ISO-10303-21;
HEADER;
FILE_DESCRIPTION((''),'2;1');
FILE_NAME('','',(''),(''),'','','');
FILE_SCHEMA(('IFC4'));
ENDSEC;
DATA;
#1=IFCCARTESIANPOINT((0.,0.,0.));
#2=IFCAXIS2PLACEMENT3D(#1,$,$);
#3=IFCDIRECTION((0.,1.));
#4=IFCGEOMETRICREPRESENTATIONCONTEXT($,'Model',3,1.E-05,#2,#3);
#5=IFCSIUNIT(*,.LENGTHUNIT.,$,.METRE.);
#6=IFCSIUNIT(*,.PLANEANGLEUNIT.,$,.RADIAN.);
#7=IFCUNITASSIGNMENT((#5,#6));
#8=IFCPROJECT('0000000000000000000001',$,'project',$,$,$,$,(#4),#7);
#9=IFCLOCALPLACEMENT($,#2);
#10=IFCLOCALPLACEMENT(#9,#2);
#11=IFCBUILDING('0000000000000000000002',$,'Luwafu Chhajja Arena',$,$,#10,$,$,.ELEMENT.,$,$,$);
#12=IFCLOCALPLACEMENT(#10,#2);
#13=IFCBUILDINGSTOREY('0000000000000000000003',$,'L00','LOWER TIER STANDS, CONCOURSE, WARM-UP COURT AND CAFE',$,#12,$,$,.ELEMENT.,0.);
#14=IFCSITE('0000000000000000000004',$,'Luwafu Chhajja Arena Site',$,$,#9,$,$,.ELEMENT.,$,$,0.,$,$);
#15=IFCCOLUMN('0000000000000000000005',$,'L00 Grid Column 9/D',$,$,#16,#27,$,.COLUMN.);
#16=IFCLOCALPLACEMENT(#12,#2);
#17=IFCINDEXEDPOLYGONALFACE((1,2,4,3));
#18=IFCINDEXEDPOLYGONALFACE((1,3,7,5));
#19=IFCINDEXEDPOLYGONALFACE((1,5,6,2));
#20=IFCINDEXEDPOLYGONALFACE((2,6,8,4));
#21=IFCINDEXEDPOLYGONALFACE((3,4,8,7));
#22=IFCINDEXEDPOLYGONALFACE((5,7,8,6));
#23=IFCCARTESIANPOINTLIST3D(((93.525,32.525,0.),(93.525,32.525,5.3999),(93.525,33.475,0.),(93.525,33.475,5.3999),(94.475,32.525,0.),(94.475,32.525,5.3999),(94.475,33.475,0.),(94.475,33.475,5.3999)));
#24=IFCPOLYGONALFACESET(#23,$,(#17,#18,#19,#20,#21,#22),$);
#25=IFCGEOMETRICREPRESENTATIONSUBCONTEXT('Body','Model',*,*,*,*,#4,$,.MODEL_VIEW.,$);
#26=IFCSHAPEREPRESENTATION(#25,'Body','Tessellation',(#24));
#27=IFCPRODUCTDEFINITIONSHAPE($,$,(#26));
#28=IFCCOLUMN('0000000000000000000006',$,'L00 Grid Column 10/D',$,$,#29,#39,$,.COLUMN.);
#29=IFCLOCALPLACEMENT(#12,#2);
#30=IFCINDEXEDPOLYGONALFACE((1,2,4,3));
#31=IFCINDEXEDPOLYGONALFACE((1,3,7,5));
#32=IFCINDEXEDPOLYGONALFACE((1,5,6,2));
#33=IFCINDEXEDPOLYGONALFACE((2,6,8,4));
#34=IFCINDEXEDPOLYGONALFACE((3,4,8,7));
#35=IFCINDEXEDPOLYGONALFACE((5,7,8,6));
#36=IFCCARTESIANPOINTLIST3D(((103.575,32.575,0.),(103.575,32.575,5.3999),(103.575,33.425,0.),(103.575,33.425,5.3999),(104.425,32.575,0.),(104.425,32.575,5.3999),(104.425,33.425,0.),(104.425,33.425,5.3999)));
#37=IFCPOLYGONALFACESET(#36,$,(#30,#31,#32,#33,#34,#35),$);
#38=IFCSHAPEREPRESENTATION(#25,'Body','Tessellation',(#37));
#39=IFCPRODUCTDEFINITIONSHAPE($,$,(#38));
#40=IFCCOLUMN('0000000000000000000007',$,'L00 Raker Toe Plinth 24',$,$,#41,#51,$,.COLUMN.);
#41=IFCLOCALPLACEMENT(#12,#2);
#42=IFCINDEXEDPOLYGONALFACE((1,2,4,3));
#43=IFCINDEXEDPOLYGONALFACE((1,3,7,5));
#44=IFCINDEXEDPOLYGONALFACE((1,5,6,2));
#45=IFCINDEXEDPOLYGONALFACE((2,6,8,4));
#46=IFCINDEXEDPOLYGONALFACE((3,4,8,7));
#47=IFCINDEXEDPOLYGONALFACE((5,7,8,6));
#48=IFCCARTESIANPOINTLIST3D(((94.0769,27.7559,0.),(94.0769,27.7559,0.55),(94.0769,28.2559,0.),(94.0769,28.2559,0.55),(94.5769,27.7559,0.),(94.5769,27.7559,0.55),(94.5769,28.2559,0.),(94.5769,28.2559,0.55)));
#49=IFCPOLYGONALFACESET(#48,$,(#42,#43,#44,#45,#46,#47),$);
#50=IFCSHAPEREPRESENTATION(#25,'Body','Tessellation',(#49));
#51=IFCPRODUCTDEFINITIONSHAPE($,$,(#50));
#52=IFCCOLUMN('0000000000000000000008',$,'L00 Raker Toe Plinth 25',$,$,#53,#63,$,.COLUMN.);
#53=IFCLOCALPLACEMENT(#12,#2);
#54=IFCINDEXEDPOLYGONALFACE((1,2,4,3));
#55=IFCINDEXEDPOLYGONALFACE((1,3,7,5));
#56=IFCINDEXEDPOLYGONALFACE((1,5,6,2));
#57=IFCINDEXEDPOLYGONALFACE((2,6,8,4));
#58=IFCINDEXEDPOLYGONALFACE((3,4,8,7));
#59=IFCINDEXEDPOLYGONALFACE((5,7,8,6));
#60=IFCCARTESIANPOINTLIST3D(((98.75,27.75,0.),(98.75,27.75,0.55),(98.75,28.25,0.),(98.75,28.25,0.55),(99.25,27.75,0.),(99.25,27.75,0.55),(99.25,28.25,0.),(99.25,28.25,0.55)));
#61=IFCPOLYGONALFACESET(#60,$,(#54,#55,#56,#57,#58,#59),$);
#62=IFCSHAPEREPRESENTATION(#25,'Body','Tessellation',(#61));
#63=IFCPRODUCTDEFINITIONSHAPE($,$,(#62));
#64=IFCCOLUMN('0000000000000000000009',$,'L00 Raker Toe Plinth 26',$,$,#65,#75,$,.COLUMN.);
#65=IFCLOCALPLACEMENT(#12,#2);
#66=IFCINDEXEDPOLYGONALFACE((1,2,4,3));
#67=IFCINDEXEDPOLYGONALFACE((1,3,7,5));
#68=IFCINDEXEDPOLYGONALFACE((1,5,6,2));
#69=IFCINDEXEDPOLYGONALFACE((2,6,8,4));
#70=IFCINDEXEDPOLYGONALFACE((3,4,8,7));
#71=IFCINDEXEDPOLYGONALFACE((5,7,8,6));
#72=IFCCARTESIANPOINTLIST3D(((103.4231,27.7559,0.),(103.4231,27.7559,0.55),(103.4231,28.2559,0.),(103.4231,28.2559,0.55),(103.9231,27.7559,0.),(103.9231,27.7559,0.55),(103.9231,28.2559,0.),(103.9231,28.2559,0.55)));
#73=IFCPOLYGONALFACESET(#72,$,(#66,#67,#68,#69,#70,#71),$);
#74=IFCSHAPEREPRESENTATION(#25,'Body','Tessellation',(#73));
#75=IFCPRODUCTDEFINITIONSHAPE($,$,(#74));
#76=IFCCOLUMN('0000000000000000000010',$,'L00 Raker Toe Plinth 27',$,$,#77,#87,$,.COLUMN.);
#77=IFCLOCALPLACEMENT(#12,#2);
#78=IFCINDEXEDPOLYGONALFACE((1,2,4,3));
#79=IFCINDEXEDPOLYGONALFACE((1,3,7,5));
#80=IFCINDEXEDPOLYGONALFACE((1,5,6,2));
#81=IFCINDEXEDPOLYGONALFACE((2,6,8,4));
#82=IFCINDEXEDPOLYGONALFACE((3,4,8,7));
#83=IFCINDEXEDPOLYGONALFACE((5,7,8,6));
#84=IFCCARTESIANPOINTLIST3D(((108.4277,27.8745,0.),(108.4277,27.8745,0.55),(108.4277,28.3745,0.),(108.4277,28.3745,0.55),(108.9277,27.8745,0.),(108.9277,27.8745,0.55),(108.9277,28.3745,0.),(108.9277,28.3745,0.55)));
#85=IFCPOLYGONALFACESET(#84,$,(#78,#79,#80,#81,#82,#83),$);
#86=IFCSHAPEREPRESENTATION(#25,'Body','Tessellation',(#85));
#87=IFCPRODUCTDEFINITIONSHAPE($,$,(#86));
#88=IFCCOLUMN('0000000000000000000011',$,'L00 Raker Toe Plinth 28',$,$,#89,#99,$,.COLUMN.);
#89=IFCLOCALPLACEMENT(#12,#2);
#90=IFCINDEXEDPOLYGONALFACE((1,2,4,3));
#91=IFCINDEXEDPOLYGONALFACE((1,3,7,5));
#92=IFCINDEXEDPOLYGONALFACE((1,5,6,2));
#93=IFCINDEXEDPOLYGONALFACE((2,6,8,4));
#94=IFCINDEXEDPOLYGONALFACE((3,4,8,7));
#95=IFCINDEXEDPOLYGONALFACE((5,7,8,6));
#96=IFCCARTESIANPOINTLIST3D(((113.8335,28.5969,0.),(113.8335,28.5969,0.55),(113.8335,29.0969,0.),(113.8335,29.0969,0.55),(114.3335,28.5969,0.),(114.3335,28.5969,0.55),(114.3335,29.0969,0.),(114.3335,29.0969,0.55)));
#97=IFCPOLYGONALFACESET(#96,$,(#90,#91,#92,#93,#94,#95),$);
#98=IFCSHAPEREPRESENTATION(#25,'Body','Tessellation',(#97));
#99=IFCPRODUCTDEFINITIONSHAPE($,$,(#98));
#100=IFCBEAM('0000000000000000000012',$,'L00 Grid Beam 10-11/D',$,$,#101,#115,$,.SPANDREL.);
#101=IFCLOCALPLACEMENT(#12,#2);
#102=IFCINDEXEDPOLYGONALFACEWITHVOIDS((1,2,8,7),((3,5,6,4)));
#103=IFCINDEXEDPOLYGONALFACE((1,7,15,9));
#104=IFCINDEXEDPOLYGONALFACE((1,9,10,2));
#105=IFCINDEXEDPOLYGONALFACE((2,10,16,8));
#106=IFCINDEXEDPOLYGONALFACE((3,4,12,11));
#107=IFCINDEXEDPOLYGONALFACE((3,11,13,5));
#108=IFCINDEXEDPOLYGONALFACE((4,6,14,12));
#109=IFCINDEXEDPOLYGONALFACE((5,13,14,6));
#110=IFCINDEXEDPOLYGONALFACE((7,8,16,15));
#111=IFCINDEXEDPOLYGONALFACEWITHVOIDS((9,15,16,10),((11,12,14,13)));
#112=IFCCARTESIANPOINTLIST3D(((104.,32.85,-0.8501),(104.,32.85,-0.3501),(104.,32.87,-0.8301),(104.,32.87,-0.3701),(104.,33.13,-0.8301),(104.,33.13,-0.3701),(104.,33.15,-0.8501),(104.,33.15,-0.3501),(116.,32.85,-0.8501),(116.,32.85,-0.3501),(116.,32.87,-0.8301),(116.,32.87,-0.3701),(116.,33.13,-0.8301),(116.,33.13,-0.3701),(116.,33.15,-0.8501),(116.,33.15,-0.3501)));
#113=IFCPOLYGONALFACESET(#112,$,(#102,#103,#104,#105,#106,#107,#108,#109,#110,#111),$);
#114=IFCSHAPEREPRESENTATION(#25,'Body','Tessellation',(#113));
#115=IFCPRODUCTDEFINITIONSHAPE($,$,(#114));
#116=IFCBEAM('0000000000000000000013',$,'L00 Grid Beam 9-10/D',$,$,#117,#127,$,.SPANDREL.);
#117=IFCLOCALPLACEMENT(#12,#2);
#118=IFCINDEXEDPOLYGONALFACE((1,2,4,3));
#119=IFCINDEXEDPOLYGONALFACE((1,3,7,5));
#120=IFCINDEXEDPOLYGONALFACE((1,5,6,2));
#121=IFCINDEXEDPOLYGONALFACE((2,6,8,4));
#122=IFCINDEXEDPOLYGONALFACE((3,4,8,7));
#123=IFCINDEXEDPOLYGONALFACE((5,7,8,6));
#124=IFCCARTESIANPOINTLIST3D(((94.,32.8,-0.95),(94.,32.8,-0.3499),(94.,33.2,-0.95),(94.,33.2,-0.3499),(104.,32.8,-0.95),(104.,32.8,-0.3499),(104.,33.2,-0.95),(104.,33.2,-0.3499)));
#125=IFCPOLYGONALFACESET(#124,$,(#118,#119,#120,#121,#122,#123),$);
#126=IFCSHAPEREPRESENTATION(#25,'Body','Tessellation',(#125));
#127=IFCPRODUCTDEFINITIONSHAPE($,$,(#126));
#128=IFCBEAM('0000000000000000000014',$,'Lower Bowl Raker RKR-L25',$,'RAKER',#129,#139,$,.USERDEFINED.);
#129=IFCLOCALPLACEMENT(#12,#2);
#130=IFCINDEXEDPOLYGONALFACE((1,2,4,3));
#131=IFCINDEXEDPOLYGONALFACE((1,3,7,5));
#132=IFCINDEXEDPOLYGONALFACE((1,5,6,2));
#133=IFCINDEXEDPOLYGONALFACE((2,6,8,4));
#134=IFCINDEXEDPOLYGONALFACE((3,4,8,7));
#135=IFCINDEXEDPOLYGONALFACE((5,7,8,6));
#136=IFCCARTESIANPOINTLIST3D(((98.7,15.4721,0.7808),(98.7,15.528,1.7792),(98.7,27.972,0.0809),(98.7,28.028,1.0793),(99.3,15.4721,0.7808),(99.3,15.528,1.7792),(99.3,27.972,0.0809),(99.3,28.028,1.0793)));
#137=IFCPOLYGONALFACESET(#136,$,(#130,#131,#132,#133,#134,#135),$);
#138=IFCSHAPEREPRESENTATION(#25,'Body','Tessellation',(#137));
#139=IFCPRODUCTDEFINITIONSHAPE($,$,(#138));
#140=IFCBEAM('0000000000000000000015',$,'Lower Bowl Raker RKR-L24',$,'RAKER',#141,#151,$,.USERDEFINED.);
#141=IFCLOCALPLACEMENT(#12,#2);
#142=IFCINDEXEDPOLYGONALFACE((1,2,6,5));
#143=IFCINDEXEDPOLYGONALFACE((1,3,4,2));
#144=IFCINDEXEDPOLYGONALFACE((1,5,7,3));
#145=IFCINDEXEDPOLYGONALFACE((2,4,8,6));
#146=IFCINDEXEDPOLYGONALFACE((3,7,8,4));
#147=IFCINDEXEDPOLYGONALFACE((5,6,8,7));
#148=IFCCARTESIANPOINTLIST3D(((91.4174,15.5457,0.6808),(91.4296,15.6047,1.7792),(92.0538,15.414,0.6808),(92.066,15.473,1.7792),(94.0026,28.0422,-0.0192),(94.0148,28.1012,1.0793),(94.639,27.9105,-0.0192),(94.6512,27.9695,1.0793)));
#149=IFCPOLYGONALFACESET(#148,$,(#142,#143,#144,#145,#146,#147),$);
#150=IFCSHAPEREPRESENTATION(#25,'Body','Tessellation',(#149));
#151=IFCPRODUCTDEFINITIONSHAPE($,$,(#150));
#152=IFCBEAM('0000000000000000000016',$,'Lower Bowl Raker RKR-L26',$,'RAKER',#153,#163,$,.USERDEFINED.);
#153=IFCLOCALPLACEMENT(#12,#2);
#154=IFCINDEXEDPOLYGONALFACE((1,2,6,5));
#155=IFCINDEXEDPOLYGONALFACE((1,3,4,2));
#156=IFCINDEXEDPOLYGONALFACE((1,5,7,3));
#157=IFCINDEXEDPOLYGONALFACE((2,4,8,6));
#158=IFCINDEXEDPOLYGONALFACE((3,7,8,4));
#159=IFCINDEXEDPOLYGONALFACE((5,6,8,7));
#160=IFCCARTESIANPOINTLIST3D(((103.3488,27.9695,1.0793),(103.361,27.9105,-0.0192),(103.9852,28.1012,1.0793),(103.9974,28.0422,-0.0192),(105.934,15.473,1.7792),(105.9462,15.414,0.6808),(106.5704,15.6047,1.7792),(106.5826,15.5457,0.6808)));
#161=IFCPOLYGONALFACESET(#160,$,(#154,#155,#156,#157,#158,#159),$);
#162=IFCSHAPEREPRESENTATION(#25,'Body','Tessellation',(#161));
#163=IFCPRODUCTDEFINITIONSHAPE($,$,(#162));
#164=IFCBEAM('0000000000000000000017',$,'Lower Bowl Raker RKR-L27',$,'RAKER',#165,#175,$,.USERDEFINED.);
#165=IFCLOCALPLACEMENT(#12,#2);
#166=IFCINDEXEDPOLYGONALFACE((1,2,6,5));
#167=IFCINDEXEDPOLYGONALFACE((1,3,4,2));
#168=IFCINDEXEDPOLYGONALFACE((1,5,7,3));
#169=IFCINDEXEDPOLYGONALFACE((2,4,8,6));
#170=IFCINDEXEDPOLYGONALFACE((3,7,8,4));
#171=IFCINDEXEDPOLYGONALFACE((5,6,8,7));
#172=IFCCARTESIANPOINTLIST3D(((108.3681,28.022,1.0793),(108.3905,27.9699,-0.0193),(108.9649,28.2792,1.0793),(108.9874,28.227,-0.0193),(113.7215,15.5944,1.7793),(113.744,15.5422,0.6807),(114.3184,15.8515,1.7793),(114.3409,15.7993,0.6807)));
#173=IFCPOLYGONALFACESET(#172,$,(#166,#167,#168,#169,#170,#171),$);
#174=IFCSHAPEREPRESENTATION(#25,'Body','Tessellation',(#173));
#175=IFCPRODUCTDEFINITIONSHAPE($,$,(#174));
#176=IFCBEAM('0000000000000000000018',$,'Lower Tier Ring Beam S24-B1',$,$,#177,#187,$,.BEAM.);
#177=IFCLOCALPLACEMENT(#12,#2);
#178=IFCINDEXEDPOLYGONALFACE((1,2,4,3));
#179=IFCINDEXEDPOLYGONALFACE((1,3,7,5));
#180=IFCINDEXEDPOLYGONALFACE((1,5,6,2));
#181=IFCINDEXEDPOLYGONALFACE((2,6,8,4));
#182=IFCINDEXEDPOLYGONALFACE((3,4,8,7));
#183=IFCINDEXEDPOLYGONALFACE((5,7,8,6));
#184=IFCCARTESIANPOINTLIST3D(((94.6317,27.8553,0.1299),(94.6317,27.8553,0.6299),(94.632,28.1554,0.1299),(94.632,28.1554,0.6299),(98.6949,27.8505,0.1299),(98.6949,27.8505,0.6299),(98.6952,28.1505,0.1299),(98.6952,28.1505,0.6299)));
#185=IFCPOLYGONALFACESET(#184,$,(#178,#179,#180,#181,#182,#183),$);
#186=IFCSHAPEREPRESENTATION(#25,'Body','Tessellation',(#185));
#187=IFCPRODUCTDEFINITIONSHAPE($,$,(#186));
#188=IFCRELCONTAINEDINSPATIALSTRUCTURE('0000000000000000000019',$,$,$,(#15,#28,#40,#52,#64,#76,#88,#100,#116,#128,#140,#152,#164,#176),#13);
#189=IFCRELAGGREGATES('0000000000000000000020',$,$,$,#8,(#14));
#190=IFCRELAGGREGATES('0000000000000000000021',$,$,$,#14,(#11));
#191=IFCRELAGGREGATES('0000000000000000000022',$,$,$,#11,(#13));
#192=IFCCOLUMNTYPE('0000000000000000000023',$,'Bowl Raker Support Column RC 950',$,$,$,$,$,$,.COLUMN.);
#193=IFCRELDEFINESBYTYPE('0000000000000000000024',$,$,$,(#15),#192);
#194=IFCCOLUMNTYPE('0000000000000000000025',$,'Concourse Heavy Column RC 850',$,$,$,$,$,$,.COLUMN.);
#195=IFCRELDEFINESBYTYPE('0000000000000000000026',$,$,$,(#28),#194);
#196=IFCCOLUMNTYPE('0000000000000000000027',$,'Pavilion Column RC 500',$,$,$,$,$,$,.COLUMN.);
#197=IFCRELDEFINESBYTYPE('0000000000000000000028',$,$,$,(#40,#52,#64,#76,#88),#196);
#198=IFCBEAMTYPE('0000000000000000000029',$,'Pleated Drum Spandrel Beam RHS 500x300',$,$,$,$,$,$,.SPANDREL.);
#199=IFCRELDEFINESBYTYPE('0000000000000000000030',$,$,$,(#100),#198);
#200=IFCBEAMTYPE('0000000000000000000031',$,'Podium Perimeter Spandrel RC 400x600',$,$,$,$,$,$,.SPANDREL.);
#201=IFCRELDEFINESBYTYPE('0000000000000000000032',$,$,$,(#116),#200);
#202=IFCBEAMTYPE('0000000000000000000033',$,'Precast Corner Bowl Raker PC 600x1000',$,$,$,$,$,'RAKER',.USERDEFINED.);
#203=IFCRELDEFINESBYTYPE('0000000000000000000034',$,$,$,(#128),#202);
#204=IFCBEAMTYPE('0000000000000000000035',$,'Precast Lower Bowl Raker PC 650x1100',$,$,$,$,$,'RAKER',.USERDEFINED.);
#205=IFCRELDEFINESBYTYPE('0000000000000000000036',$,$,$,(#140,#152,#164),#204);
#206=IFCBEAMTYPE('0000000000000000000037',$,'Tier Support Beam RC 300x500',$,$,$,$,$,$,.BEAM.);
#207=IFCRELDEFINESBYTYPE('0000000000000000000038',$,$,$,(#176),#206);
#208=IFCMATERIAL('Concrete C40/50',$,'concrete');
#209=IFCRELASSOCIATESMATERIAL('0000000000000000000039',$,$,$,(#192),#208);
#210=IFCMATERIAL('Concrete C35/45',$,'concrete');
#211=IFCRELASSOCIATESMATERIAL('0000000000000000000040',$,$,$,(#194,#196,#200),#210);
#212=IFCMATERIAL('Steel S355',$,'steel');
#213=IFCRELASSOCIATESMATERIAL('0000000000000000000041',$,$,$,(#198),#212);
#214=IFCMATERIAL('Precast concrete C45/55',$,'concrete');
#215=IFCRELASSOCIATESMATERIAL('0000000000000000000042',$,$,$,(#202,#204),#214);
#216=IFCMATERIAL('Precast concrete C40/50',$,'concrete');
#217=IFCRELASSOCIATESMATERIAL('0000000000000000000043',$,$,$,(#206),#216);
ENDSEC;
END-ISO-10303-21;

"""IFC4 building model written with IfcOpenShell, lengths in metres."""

from ifc_helpers import new_model, si_unit, direction, frame, origin, origin_2d, place, context, subcontext, project, spatial, rectangle, hollow_rectangle, extrude, material, material_profile, profile_set, type_object, element, save


model = new_model("IFC4")

# Units and contexts
model_context = context("Model", 3, precision=1e-05, world=origin(), true_north=direction((0.0, 1.0)))
body_context = subcontext(model_context, "Body", "Model", "MODEL_VIEW")
ifc_project = project(units=[si_unit("LENGTHUNIT", "METRE"), si_unit("PLANEANGLEUNIT", "RADIAN")], contexts=[model_context])

# Site, building, storey
site_placement = place(None, origin())
site = spatial("IfcSite", under=ifc_project, at=site_placement, Name="Luwafu Chhajja Arena Site", CompositionType="ELEMENT", RefElevation=0.0)
building_placement = place(site_placement, origin())
building = spatial("IfcBuilding", under=site, at=building_placement, Name="Luwafu Chhajja Arena", CompositionType="ELEMENT")
storey_placement = place(building_placement, origin())
storey = spatial("IfcBuildingStorey", under=building, at=storey_placement, Name="L00", Description="LOWER TIER STANDS, CONCOURSE, WARM-UP COURT AND CAFE", CompositionType="ELEMENT", Elevation=0.0)

# Columns
ifc_material_1 = material(Name="Concrete C40/50", Category="concrete")
ifc_material_profile_1 = material_profile(ifc_material_1, rectangle(XDim=0.95, YDim=0.95, at=origin_2d()), Name="RC 950x950")
ifc_profile_set_1 = profile_set([ifc_material_profile_1], Name="Concrete C40/50")
column_type_1 = type_object("IfcColumnType", Name="Bowl Raker Support Column RC 950", PredefinedType="COLUMN", material=ifc_profile_set_1)
column_1_placement = place(storey_placement, frame((94.0, 33.0, 0.0), z_axis=(0.0, 0.0, 1.0), x_axis=(1.0, 0.0, 0.0)))
element("IfcColumn", 1, at=column_1_placement, inside=storey, type_object=column_type_1, Name="L00 Grid Column 9/D", PredefinedType="COLUMN", context=body_context, shape_type="SweptSolid", body=[
    extrude(rectangle(XDim=0.95, YDim=0.95, at=origin_2d()), origin(), (0.0, 0.0, 1.0), 5.3999),
])
ifc_material_2 = material(Name="Concrete C35/45", Category="concrete")
ifc_material_profile_2 = material_profile(ifc_material_2, rectangle(XDim=0.8501, YDim=0.8501, at=origin_2d()), Name="RC 850x850")
ifc_profile_set_2 = profile_set([ifc_material_profile_2], Name="Concrete C35/45")
column_type_2 = type_object("IfcColumnType", Name="Concourse Heavy Column RC 850", PredefinedType="COLUMN", material=ifc_profile_set_2)
column_2_placement = place(storey_placement, frame((104.0, 33.0, 0.0), z_axis=(0.0, 0.0, 1.0), x_axis=(1.0, 0.0, 0.0)))
element("IfcColumn", 2, at=column_2_placement, inside=storey, type_object=column_type_2, Name="L00 Grid Column 10/D", PredefinedType="COLUMN", context=body_context, shape_type="SweptSolid", body=[
    extrude(rectangle(XDim=0.8501, YDim=0.8501, at=origin_2d()), origin(), (0.0, 0.0, 1.0), 5.3999),
])
ifc_material_profile_3 = material_profile(ifc_material_2, rectangle(XDim=0.5, YDim=0.5, at=origin_2d()), Name="RC 500x500")
ifc_profile_set_3 = profile_set([ifc_material_profile_3], Name="Concrete C35/45")
column_type_3 = type_object("IfcColumnType", Name="Pavilion Column RC 500", PredefinedType="COLUMN", material=ifc_profile_set_3)
for number, where, z_axis, x_axis, name in (
    (3, (94.3269, 28.0059, 0.0), (0.0, 0.0, 1.0), (1.0, 0.0, 0.0), "L00 Raker Toe Plinth 24"),
    (4, (99.0, 28.0, 0.0), (0.0, 0.0, 1.0), (1.0, 0.0, 0.0), "L00 Raker Toe Plinth 25"),
    (5, (103.6731, 28.0059, 0.0), (0.0, 0.0, 1.0), (1.0, 0.0, 0.0), "L00 Raker Toe Plinth 26"),
    (6, (108.6777, 28.1245, 0.0), (0.0, 0.0, 1.0), (1.0, 0.0, 0.0), "L00 Raker Toe Plinth 27"),
    (7, (114.0835, 28.8469, 0.0), (0.0, 0.0, 1.0), (1.0, 0.0, 0.0), "L00 Raker Toe Plinth 28"),
):
    element("IfcColumn", number, at=place(storey_placement, frame(where, z_axis=z_axis, x_axis=x_axis)), inside=storey, type_object=column_type_3, Name=name, PredefinedType="COLUMN", context=body_context, shape_type="SweptSolid", body=[
        extrude(rectangle(XDim=0.5, YDim=0.5, at=origin_2d()), origin(), (0.0, 0.0, 1.0), 0.55),
    ])

# Beams
ifc_material_3 = material(Name="Steel S355", Category="steel")
ifc_material_profile_4 = material_profile(ifc_material_3, hollow_rectangle(XDim=0.3, YDim=0.5, WallThickness=0.02, at=origin_2d()), Name="RHS 500x300x20")
ifc_profile_set_4 = profile_set([ifc_material_profile_4], Name="Steel S355")
beam_type_1 = type_object("IfcBeamType", Name="Pleated Drum Spandrel Beam RHS 500x300", PredefinedType="SPANDREL", material=ifc_profile_set_4)
beam_1_placement = place(storey_placement, frame((104.0, 33.0, -0.6001), z_axis=(1.0, 0.0, 0.0), x_axis=(0.0, 1.0, 0.0)))
element("IfcBeam", 8, at=beam_1_placement, inside=storey, type_object=beam_type_1, Name="L00 Grid Beam 10-11/D", PredefinedType="SPANDREL", context=body_context, shape_type="SweptSolid", body=[
    extrude(hollow_rectangle(XDim=0.3, YDim=0.5, WallThickness=0.02, at=origin_2d()), origin(), (0.0, 0.0, 1.0), 12.0),
])
ifc_material_profile_5 = material_profile(ifc_material_2, rectangle(XDim=0.3999, YDim=0.6001, at=origin_2d()), Name="RC 400x600")
ifc_profile_set_5 = profile_set([ifc_material_profile_5], Name="Concrete C35/45")
beam_type_2 = type_object("IfcBeamType", Name="Podium Perimeter Spandrel RC 400x600", PredefinedType="SPANDREL", material=ifc_profile_set_5)
beam_2_placement = place(storey_placement, frame((94.0, 33.0, -0.6499), z_axis=(1.0, 0.0, 0.0), x_axis=(0.0, 1.0, 0.0)))
element("IfcBeam", 9, at=beam_2_placement, inside=storey, type_object=beam_type_2, Name="L00 Grid Beam 9-10/D", PredefinedType="SPANDREL", context=body_context, shape_type="SweptSolid", body=[
    extrude(rectangle(XDim=0.3999, YDim=0.6001, at=origin_2d()), origin(), (0.0, 0.0, 1.0), 10.0),
])
ifc_material_4 = material(Name="Precast concrete C45/55", Category="concrete")
ifc_material_profile_6 = material_profile(ifc_material_4, rectangle(XDim=0.6001, YDim=1.0, at=origin_2d()), Name="PC 600x1000")
ifc_profile_set_6 = profile_set([ifc_material_profile_6], Name="Precast concrete C45/55")
beam_type_3 = type_object("IfcBeamType", Name="Precast Corner Bowl Raker PC 600x1000", ElementType="RAKER", PredefinedType="USERDEFINED", material=ifc_profile_set_6)
beam_3_placement = place(storey_placement, frame((99.0, 28.0, 0.5801), z_axis=(0.0, -0.998436, 0.055909), x_axis=(1.0, 0.0, 0.0)))
element("IfcBeam", 10, at=beam_3_placement, inside=storey, type_object=beam_type_3, Name="Lower Bowl Raker RKR-L25", ObjectType="RAKER", PredefinedType="USERDEFINED", context=body_context, shape_type="SweptSolid", body=[
    extrude(rectangle(XDim=0.6001, YDim=1.0, at=origin_2d()), origin(), (0.0, 0.0, 1.0), 12.5195),
])
ifc_material_profile_7 = material_profile(ifc_material_4, rectangle(XDim=0.6499, YDim=1.1001, at=origin_2d()), Name="PC 650x1100")
ifc_profile_set_7 = profile_set([ifc_material_profile_7], Name="Precast concrete C45/55")
beam_type_4 = type_object("IfcBeamType", Name="Precast Lower Bowl Raker PC 650x1100", ElementType="RAKER", PredefinedType="USERDEFINED", material=ifc_profile_set_7)
for number, where, z_axis, x_axis, name in (
    (11, (94.3269, 28.0059, 0.53), (-0.202279, -0.977795, 0.054768), (0.979265, -0.202583, 0.0), "Lower Bowl Raker RKR-L24"),
    (12, (103.6731, 28.0059, 0.53), (0.202279, -0.977795, 0.054768), (0.979265, 0.202583, 0.0), "Lower Bowl Raker RKR-L26"),
):
    element("IfcBeam", number, at=place(storey_placement, frame(where, z_axis=z_axis, x_axis=x_axis)), inside=storey, type_object=beam_type_4, Name=name, ObjectType="RAKER", PredefinedType="USERDEFINED", context=body_context, shape_type="SweptSolid", body=[
        extrude(rectangle(XDim=0.6499, YDim=1.1001, at=origin_2d()), origin(), (0.0, 0.0, 1.0), 12.7803),
    ])
beam_4_placement = place(storey_placement, frame((108.6777, 28.1245, 0.53), z_axis=(0.395098, -0.917186, 0.051657), x_axis=(0.918412, 0.395626, 0.0)))
element("IfcBeam", 13, at=beam_4_placement, inside=storey, type_object=beam_type_4, Name="Lower Bowl Raker RKR-L27", ObjectType="RAKER", PredefinedType="USERDEFINED", context=body_context, shape_type="SweptSolid", body=[
    extrude(rectangle(XDim=0.6499, YDim=1.1001, at=origin_2d()), origin(), (0.0, 0.0, 1.0), 13.5498),
])
ifc_material_5 = material(Name="Precast concrete C40/50", Category="concrete")
ifc_material_profile_8 = material_profile(ifc_material_5, rectangle(XDim=0.3, YDim=0.5, at=origin_2d()), Name="RC 300x500")
ifc_profile_set_8 = profile_set([ifc_material_profile_8], Name="Precast concrete C40/50")
beam_type_5 = type_object("IfcBeamType", Name="Tier Support Beam RC 300x500", PredefinedType="BEAM", material=ifc_profile_set_8)
for number, where, z_axis, x_axis, name in (
    (14, (94.6318, 28.0054, 0.3799), (0.999999, -0.001202, 0.0), (0.001202, 0.999999, 0.0), "Lower Tier Ring Beam S24-B1"),
):
    element("IfcBeam", number, at=place(storey_placement, frame(where, z_axis=z_axis, x_axis=x_axis)), inside=storey, type_object=beam_type_5, Name=name, PredefinedType="BEAM", context=body_context, shape_type="SweptSolid", body=[
        extrude(rectangle(XDim=0.3, YDim=0.5, at=origin_2d()), origin(), (0.0, 0.0, 1.0), 4.0632),
    ])

save(model, "model.ifc")
